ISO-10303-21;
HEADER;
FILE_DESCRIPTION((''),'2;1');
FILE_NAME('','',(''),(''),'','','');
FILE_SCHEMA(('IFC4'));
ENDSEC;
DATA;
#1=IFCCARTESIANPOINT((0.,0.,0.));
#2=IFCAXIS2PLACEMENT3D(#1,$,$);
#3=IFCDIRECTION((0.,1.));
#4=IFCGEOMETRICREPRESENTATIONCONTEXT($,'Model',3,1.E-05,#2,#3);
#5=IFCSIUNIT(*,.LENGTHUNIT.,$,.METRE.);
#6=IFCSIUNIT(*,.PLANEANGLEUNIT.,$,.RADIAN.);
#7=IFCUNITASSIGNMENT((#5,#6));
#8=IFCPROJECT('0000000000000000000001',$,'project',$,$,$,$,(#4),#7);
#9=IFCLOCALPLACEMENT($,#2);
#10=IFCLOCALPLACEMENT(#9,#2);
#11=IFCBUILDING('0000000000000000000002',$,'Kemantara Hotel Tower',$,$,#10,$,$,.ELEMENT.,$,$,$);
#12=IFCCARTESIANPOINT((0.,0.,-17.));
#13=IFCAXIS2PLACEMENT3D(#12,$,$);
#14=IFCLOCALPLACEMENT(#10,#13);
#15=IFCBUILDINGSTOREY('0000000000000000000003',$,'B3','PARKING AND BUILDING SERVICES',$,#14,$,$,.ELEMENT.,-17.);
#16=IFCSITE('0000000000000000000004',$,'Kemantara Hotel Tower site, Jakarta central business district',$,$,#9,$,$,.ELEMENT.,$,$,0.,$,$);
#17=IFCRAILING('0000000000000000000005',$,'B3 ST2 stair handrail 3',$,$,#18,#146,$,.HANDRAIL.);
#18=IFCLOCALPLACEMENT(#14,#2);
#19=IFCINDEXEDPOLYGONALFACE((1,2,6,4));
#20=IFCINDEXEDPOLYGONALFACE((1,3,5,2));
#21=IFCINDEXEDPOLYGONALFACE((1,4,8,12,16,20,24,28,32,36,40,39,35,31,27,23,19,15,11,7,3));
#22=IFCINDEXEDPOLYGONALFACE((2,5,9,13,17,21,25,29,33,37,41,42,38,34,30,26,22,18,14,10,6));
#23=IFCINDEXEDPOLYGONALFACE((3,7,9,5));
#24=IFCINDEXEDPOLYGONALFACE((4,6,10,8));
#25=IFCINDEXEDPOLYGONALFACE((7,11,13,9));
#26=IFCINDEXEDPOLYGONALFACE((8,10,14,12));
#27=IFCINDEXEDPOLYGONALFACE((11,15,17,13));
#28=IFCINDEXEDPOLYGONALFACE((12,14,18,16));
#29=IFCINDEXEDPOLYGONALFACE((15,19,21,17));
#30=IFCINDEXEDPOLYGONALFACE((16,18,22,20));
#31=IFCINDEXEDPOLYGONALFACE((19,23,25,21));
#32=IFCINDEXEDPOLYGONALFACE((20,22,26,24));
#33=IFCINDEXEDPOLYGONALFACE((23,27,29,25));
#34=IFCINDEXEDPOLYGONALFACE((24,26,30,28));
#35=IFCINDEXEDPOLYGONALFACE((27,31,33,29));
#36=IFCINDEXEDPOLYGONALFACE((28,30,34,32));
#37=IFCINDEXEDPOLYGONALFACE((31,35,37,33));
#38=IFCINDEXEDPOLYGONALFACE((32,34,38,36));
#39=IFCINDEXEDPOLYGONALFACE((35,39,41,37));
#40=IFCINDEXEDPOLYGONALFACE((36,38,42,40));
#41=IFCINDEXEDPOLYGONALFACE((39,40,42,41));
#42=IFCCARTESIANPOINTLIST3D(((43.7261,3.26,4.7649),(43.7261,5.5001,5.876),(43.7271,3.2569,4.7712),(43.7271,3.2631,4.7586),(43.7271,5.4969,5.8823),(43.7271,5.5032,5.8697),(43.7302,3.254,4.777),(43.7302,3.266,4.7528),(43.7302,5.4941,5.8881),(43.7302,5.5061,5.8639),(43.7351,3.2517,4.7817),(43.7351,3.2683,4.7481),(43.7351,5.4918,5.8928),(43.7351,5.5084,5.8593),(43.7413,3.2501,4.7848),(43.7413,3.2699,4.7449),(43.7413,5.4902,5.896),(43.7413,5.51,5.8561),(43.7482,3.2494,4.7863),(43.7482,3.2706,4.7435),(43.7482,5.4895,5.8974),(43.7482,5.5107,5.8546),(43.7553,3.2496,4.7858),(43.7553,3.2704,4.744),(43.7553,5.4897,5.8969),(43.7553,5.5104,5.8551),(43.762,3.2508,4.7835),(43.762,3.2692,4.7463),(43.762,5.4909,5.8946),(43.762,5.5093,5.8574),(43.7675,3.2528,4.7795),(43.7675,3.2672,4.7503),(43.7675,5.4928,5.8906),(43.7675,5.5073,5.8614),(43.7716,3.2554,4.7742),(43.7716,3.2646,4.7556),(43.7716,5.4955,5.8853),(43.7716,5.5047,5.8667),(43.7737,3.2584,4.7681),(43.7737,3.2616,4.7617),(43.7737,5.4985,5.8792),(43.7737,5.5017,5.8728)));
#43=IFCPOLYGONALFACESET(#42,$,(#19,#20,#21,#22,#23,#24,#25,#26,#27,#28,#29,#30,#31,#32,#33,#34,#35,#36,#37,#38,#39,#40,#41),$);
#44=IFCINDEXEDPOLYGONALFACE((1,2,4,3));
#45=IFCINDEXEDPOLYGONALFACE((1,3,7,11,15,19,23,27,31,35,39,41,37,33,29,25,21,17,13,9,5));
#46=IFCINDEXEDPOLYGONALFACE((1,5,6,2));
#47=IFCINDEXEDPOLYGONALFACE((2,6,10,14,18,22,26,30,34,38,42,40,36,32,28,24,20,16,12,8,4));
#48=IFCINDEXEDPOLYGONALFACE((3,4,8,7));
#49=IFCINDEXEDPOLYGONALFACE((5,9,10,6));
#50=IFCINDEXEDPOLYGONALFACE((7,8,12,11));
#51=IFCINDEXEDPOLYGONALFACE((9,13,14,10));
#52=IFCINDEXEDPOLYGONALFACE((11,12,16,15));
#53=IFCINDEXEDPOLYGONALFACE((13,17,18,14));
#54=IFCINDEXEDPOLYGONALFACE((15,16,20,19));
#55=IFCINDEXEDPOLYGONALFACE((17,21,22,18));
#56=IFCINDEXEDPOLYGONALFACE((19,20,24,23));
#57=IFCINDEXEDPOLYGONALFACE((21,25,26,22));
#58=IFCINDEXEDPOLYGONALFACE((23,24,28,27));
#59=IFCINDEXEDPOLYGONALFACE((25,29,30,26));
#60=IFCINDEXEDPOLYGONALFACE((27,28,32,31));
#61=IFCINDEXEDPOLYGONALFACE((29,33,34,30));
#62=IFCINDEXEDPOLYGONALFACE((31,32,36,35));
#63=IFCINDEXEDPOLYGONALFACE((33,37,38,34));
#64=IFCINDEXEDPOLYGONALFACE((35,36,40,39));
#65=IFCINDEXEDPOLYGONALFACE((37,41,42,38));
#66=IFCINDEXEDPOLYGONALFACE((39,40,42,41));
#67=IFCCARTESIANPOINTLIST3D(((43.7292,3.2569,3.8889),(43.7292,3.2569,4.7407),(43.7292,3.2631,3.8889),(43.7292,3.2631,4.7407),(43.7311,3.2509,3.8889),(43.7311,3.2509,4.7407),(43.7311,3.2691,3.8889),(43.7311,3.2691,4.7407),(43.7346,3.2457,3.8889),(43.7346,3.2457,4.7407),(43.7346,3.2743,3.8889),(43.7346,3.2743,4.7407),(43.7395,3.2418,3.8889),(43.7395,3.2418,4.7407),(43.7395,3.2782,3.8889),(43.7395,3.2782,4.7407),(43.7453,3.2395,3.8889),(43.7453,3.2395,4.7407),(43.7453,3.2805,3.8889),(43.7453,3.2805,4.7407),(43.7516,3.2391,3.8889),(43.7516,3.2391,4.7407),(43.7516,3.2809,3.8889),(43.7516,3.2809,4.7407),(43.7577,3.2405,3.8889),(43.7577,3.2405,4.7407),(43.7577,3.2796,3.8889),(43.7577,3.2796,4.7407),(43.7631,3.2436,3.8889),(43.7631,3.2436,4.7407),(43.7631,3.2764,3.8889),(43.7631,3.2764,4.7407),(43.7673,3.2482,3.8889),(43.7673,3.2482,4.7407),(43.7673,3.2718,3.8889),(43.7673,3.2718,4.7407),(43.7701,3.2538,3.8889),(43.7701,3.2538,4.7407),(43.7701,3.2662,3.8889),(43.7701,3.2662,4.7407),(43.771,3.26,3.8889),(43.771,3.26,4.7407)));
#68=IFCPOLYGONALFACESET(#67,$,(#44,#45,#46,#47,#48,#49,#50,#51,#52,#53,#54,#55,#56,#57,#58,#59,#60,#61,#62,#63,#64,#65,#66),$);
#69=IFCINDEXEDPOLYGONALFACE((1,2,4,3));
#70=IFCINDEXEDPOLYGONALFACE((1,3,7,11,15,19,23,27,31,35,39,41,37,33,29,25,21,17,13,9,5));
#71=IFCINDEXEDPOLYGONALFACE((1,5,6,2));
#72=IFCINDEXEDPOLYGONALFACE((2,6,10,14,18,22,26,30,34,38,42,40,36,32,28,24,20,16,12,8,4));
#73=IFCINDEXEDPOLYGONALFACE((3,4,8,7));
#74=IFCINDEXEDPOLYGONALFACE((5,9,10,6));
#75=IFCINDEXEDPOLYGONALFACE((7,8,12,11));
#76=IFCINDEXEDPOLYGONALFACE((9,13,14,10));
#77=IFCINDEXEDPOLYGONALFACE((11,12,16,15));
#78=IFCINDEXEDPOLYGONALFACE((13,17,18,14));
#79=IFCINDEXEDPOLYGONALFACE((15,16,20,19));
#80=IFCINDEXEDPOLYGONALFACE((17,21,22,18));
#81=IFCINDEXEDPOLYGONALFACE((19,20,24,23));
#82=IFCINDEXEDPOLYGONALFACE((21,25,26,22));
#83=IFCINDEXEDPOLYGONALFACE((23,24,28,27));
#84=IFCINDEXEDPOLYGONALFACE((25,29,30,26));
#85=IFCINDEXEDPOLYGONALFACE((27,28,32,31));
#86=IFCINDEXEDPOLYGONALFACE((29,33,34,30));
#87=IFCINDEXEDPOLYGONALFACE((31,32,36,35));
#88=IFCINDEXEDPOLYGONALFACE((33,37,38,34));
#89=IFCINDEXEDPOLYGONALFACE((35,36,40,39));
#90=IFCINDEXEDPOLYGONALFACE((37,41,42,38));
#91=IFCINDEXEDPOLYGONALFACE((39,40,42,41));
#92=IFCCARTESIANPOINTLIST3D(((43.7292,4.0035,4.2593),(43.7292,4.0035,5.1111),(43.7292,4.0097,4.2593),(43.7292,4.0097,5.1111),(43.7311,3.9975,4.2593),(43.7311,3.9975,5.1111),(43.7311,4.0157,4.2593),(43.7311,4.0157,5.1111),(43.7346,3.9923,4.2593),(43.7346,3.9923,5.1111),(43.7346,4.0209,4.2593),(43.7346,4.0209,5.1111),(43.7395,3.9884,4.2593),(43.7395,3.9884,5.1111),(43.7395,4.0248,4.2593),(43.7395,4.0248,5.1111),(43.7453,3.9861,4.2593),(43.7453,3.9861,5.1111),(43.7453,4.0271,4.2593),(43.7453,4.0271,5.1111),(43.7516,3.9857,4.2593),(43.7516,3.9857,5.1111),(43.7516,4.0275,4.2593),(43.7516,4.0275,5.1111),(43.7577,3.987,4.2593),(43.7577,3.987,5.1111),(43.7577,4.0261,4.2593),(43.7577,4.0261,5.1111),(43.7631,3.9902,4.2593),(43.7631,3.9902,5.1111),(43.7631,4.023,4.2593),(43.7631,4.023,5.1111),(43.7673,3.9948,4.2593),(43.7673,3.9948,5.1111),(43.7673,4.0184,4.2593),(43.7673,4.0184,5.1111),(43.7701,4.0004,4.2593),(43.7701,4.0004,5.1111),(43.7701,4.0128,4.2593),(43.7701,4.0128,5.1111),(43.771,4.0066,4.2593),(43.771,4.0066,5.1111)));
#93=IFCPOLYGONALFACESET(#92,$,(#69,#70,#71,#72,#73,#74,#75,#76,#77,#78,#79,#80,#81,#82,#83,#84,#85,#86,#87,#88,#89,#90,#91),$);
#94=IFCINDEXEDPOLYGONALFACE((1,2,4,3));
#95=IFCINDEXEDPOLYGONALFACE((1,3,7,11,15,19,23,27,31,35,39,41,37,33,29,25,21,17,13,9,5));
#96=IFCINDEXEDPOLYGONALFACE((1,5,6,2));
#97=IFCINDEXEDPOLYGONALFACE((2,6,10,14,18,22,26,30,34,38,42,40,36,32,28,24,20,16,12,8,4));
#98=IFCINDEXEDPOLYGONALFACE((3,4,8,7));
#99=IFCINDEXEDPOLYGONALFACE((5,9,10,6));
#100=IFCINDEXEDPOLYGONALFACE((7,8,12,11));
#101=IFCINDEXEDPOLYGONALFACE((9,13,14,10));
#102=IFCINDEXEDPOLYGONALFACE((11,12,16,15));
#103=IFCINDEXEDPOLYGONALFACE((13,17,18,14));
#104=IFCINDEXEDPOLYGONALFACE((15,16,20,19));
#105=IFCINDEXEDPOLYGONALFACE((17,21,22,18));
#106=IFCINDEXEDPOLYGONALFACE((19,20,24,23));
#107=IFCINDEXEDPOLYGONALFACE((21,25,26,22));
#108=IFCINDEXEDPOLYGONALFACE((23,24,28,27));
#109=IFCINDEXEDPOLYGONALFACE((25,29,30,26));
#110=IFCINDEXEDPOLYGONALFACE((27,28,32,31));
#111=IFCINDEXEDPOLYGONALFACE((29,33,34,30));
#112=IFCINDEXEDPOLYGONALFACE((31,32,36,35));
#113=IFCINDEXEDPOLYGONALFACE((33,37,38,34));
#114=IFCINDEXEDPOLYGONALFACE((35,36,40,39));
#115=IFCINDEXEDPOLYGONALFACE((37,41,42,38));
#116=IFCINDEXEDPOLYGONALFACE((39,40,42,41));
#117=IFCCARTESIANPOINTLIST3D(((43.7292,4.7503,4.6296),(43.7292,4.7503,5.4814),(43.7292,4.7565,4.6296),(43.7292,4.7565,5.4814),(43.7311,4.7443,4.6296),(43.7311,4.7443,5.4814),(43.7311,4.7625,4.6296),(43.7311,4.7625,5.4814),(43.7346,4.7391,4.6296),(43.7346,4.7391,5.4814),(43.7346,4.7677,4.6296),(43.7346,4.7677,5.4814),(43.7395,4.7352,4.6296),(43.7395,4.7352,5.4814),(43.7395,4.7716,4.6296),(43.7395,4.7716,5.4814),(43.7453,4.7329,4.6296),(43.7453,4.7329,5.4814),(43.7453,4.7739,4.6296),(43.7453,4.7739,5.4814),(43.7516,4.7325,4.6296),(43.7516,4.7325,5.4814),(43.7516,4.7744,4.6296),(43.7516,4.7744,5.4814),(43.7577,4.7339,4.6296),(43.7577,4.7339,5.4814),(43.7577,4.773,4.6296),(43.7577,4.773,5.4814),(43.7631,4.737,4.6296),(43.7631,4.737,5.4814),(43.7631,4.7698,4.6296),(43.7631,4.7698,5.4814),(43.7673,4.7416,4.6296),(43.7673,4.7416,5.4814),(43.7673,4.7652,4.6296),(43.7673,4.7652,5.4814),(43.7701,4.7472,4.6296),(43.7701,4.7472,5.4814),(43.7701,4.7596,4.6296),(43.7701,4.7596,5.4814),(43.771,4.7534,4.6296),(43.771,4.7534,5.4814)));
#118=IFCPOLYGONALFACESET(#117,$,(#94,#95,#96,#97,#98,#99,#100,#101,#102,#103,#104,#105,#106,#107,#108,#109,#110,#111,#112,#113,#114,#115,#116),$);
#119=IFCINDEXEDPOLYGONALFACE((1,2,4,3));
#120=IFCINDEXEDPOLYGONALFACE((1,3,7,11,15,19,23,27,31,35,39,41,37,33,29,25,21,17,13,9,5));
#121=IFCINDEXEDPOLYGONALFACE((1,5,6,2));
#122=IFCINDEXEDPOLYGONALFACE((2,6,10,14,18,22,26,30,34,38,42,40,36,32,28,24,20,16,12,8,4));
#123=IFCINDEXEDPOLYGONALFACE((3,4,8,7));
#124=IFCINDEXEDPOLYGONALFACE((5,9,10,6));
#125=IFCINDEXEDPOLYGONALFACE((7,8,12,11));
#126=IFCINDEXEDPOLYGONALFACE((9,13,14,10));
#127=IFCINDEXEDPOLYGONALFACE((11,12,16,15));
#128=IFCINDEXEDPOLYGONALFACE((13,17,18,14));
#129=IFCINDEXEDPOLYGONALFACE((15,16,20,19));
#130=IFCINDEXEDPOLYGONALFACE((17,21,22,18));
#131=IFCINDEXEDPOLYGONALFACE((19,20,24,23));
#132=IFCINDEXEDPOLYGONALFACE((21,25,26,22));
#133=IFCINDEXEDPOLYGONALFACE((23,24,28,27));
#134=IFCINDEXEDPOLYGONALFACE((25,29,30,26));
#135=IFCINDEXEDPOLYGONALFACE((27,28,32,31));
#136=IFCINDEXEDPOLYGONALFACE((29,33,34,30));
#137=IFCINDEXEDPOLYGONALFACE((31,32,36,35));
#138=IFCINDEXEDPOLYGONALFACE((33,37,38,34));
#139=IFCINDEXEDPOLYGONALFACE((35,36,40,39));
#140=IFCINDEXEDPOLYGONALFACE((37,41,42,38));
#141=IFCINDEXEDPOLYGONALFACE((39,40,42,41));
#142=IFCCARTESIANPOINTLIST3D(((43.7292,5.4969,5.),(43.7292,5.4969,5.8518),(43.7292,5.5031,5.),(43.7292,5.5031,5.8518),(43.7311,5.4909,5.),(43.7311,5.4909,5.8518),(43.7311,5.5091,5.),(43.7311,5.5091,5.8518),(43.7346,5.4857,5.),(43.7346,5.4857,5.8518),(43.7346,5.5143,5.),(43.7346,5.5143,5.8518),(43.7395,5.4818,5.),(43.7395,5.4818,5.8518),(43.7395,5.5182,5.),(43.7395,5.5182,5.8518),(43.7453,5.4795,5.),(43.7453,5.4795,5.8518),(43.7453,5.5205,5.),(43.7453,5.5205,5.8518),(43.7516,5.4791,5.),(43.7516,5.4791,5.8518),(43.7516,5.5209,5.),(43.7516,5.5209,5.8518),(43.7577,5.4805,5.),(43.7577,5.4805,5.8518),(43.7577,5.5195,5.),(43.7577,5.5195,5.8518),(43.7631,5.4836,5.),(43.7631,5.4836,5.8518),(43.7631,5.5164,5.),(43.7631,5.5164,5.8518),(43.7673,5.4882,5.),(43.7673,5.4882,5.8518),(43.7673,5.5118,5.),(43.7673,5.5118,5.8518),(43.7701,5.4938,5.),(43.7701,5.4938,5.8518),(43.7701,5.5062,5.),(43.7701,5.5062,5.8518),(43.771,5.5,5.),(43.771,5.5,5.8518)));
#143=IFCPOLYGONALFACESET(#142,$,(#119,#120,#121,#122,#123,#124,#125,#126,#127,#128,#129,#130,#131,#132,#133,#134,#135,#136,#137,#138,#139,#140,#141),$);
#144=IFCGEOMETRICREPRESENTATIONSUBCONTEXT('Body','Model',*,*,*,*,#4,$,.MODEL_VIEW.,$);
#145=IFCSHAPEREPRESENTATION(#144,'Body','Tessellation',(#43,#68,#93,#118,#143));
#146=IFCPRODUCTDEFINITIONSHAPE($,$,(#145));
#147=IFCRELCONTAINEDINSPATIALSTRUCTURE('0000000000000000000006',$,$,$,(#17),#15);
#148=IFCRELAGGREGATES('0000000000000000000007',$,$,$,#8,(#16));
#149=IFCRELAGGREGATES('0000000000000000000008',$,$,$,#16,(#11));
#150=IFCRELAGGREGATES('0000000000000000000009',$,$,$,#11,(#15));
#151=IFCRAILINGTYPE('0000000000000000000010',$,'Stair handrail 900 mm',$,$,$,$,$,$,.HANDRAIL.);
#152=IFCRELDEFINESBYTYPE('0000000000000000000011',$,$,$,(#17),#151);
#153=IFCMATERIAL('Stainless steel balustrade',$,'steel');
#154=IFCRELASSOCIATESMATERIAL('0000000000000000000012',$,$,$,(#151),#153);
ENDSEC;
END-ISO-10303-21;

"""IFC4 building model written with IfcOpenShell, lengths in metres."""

from ifc_helpers import new_model, si_unit, direction, frame, origin, origin_2d, place, context, subcontext, project, spatial, circle, extrude, material, type_object, element, save


model = new_model("IFC4")

# Units and contexts
model_context = context("Model", 3, precision=1e-05, world=origin(), true_north=direction((0.0, 1.0)))
body_context = subcontext(model_context, "Body", "Model", "MODEL_VIEW")
ifc_project = project(units=[si_unit("LENGTHUNIT", "METRE"), si_unit("PLANEANGLEUNIT", "RADIAN")], contexts=[model_context])

# Site, building, storey
site_placement = place(None, origin())
site = spatial("IfcSite", under=ifc_project, at=site_placement, Name="Kemantara Hotel Tower site, Jakarta central business district", CompositionType="ELEMENT", RefElevation=0.0)
building_placement = place(site_placement, origin())
building = spatial("IfcBuilding", under=site, at=building_placement, Name="Kemantara Hotel Tower", CompositionType="ELEMENT")
storey_placement = place(building_placement, frame((0.0, 0.0, -17.0)))
storey = spatial("IfcBuildingStorey", under=building, at=storey_placement, Name="B3", Description="PARKING AND BUILDING SERVICES", CompositionType="ELEMENT", Elevation=-17.0)

# Railing
ifc_material_1 = material(Name="Stainless steel balustrade", Category="steel")
railing_type_1 = type_object("IfcRailingType", Name="Stair handrail 900 mm", PredefinedType="HANDRAIL", material=ifc_material_1)
railing_1_placement = place(storey_placement, frame((43.75, 3.26, 3.8889)))
element("IfcRailing", 1, at=railing_1_placement, inside=storey, type_object=railing_type_1, Name="B3 ST2 stair handrail 3", PredefinedType="HANDRAIL", context=body_context, shape_type="SweptSolid", body=[
    extrude(circle(Radius=0.0239, at=origin_2d()), frame((0.0, 0.0, 0.876), z_axis=(0.0, 0.895848, 0.44436), x_axis=(-1.0, 0.0, 0.0)), (0.0, 0.0, 1.0), 2.5005),
    extrude(circle(Radius=0.021, at=origin_2d()), origin(), (0.0, 0.0, 1.0), 0.8518),
    extrude(circle(Radius=0.021, at=origin_2d()), frame((0.0, 0.7466, 0.3704)), (0.0, 0.0, 1.0), 0.8518),
    extrude(circle(Radius=0.021, at=origin_2d()), frame((0.0, 1.4934, 0.7407)), (0.0, 0.0, 1.0), 0.8518),
    extrude(circle(Radius=0.021, at=origin_2d()), frame((0.0, 2.24, 1.1111)), (0.0, 0.0, 1.0), 0.8518),
])

save(model, "model.ifc")
